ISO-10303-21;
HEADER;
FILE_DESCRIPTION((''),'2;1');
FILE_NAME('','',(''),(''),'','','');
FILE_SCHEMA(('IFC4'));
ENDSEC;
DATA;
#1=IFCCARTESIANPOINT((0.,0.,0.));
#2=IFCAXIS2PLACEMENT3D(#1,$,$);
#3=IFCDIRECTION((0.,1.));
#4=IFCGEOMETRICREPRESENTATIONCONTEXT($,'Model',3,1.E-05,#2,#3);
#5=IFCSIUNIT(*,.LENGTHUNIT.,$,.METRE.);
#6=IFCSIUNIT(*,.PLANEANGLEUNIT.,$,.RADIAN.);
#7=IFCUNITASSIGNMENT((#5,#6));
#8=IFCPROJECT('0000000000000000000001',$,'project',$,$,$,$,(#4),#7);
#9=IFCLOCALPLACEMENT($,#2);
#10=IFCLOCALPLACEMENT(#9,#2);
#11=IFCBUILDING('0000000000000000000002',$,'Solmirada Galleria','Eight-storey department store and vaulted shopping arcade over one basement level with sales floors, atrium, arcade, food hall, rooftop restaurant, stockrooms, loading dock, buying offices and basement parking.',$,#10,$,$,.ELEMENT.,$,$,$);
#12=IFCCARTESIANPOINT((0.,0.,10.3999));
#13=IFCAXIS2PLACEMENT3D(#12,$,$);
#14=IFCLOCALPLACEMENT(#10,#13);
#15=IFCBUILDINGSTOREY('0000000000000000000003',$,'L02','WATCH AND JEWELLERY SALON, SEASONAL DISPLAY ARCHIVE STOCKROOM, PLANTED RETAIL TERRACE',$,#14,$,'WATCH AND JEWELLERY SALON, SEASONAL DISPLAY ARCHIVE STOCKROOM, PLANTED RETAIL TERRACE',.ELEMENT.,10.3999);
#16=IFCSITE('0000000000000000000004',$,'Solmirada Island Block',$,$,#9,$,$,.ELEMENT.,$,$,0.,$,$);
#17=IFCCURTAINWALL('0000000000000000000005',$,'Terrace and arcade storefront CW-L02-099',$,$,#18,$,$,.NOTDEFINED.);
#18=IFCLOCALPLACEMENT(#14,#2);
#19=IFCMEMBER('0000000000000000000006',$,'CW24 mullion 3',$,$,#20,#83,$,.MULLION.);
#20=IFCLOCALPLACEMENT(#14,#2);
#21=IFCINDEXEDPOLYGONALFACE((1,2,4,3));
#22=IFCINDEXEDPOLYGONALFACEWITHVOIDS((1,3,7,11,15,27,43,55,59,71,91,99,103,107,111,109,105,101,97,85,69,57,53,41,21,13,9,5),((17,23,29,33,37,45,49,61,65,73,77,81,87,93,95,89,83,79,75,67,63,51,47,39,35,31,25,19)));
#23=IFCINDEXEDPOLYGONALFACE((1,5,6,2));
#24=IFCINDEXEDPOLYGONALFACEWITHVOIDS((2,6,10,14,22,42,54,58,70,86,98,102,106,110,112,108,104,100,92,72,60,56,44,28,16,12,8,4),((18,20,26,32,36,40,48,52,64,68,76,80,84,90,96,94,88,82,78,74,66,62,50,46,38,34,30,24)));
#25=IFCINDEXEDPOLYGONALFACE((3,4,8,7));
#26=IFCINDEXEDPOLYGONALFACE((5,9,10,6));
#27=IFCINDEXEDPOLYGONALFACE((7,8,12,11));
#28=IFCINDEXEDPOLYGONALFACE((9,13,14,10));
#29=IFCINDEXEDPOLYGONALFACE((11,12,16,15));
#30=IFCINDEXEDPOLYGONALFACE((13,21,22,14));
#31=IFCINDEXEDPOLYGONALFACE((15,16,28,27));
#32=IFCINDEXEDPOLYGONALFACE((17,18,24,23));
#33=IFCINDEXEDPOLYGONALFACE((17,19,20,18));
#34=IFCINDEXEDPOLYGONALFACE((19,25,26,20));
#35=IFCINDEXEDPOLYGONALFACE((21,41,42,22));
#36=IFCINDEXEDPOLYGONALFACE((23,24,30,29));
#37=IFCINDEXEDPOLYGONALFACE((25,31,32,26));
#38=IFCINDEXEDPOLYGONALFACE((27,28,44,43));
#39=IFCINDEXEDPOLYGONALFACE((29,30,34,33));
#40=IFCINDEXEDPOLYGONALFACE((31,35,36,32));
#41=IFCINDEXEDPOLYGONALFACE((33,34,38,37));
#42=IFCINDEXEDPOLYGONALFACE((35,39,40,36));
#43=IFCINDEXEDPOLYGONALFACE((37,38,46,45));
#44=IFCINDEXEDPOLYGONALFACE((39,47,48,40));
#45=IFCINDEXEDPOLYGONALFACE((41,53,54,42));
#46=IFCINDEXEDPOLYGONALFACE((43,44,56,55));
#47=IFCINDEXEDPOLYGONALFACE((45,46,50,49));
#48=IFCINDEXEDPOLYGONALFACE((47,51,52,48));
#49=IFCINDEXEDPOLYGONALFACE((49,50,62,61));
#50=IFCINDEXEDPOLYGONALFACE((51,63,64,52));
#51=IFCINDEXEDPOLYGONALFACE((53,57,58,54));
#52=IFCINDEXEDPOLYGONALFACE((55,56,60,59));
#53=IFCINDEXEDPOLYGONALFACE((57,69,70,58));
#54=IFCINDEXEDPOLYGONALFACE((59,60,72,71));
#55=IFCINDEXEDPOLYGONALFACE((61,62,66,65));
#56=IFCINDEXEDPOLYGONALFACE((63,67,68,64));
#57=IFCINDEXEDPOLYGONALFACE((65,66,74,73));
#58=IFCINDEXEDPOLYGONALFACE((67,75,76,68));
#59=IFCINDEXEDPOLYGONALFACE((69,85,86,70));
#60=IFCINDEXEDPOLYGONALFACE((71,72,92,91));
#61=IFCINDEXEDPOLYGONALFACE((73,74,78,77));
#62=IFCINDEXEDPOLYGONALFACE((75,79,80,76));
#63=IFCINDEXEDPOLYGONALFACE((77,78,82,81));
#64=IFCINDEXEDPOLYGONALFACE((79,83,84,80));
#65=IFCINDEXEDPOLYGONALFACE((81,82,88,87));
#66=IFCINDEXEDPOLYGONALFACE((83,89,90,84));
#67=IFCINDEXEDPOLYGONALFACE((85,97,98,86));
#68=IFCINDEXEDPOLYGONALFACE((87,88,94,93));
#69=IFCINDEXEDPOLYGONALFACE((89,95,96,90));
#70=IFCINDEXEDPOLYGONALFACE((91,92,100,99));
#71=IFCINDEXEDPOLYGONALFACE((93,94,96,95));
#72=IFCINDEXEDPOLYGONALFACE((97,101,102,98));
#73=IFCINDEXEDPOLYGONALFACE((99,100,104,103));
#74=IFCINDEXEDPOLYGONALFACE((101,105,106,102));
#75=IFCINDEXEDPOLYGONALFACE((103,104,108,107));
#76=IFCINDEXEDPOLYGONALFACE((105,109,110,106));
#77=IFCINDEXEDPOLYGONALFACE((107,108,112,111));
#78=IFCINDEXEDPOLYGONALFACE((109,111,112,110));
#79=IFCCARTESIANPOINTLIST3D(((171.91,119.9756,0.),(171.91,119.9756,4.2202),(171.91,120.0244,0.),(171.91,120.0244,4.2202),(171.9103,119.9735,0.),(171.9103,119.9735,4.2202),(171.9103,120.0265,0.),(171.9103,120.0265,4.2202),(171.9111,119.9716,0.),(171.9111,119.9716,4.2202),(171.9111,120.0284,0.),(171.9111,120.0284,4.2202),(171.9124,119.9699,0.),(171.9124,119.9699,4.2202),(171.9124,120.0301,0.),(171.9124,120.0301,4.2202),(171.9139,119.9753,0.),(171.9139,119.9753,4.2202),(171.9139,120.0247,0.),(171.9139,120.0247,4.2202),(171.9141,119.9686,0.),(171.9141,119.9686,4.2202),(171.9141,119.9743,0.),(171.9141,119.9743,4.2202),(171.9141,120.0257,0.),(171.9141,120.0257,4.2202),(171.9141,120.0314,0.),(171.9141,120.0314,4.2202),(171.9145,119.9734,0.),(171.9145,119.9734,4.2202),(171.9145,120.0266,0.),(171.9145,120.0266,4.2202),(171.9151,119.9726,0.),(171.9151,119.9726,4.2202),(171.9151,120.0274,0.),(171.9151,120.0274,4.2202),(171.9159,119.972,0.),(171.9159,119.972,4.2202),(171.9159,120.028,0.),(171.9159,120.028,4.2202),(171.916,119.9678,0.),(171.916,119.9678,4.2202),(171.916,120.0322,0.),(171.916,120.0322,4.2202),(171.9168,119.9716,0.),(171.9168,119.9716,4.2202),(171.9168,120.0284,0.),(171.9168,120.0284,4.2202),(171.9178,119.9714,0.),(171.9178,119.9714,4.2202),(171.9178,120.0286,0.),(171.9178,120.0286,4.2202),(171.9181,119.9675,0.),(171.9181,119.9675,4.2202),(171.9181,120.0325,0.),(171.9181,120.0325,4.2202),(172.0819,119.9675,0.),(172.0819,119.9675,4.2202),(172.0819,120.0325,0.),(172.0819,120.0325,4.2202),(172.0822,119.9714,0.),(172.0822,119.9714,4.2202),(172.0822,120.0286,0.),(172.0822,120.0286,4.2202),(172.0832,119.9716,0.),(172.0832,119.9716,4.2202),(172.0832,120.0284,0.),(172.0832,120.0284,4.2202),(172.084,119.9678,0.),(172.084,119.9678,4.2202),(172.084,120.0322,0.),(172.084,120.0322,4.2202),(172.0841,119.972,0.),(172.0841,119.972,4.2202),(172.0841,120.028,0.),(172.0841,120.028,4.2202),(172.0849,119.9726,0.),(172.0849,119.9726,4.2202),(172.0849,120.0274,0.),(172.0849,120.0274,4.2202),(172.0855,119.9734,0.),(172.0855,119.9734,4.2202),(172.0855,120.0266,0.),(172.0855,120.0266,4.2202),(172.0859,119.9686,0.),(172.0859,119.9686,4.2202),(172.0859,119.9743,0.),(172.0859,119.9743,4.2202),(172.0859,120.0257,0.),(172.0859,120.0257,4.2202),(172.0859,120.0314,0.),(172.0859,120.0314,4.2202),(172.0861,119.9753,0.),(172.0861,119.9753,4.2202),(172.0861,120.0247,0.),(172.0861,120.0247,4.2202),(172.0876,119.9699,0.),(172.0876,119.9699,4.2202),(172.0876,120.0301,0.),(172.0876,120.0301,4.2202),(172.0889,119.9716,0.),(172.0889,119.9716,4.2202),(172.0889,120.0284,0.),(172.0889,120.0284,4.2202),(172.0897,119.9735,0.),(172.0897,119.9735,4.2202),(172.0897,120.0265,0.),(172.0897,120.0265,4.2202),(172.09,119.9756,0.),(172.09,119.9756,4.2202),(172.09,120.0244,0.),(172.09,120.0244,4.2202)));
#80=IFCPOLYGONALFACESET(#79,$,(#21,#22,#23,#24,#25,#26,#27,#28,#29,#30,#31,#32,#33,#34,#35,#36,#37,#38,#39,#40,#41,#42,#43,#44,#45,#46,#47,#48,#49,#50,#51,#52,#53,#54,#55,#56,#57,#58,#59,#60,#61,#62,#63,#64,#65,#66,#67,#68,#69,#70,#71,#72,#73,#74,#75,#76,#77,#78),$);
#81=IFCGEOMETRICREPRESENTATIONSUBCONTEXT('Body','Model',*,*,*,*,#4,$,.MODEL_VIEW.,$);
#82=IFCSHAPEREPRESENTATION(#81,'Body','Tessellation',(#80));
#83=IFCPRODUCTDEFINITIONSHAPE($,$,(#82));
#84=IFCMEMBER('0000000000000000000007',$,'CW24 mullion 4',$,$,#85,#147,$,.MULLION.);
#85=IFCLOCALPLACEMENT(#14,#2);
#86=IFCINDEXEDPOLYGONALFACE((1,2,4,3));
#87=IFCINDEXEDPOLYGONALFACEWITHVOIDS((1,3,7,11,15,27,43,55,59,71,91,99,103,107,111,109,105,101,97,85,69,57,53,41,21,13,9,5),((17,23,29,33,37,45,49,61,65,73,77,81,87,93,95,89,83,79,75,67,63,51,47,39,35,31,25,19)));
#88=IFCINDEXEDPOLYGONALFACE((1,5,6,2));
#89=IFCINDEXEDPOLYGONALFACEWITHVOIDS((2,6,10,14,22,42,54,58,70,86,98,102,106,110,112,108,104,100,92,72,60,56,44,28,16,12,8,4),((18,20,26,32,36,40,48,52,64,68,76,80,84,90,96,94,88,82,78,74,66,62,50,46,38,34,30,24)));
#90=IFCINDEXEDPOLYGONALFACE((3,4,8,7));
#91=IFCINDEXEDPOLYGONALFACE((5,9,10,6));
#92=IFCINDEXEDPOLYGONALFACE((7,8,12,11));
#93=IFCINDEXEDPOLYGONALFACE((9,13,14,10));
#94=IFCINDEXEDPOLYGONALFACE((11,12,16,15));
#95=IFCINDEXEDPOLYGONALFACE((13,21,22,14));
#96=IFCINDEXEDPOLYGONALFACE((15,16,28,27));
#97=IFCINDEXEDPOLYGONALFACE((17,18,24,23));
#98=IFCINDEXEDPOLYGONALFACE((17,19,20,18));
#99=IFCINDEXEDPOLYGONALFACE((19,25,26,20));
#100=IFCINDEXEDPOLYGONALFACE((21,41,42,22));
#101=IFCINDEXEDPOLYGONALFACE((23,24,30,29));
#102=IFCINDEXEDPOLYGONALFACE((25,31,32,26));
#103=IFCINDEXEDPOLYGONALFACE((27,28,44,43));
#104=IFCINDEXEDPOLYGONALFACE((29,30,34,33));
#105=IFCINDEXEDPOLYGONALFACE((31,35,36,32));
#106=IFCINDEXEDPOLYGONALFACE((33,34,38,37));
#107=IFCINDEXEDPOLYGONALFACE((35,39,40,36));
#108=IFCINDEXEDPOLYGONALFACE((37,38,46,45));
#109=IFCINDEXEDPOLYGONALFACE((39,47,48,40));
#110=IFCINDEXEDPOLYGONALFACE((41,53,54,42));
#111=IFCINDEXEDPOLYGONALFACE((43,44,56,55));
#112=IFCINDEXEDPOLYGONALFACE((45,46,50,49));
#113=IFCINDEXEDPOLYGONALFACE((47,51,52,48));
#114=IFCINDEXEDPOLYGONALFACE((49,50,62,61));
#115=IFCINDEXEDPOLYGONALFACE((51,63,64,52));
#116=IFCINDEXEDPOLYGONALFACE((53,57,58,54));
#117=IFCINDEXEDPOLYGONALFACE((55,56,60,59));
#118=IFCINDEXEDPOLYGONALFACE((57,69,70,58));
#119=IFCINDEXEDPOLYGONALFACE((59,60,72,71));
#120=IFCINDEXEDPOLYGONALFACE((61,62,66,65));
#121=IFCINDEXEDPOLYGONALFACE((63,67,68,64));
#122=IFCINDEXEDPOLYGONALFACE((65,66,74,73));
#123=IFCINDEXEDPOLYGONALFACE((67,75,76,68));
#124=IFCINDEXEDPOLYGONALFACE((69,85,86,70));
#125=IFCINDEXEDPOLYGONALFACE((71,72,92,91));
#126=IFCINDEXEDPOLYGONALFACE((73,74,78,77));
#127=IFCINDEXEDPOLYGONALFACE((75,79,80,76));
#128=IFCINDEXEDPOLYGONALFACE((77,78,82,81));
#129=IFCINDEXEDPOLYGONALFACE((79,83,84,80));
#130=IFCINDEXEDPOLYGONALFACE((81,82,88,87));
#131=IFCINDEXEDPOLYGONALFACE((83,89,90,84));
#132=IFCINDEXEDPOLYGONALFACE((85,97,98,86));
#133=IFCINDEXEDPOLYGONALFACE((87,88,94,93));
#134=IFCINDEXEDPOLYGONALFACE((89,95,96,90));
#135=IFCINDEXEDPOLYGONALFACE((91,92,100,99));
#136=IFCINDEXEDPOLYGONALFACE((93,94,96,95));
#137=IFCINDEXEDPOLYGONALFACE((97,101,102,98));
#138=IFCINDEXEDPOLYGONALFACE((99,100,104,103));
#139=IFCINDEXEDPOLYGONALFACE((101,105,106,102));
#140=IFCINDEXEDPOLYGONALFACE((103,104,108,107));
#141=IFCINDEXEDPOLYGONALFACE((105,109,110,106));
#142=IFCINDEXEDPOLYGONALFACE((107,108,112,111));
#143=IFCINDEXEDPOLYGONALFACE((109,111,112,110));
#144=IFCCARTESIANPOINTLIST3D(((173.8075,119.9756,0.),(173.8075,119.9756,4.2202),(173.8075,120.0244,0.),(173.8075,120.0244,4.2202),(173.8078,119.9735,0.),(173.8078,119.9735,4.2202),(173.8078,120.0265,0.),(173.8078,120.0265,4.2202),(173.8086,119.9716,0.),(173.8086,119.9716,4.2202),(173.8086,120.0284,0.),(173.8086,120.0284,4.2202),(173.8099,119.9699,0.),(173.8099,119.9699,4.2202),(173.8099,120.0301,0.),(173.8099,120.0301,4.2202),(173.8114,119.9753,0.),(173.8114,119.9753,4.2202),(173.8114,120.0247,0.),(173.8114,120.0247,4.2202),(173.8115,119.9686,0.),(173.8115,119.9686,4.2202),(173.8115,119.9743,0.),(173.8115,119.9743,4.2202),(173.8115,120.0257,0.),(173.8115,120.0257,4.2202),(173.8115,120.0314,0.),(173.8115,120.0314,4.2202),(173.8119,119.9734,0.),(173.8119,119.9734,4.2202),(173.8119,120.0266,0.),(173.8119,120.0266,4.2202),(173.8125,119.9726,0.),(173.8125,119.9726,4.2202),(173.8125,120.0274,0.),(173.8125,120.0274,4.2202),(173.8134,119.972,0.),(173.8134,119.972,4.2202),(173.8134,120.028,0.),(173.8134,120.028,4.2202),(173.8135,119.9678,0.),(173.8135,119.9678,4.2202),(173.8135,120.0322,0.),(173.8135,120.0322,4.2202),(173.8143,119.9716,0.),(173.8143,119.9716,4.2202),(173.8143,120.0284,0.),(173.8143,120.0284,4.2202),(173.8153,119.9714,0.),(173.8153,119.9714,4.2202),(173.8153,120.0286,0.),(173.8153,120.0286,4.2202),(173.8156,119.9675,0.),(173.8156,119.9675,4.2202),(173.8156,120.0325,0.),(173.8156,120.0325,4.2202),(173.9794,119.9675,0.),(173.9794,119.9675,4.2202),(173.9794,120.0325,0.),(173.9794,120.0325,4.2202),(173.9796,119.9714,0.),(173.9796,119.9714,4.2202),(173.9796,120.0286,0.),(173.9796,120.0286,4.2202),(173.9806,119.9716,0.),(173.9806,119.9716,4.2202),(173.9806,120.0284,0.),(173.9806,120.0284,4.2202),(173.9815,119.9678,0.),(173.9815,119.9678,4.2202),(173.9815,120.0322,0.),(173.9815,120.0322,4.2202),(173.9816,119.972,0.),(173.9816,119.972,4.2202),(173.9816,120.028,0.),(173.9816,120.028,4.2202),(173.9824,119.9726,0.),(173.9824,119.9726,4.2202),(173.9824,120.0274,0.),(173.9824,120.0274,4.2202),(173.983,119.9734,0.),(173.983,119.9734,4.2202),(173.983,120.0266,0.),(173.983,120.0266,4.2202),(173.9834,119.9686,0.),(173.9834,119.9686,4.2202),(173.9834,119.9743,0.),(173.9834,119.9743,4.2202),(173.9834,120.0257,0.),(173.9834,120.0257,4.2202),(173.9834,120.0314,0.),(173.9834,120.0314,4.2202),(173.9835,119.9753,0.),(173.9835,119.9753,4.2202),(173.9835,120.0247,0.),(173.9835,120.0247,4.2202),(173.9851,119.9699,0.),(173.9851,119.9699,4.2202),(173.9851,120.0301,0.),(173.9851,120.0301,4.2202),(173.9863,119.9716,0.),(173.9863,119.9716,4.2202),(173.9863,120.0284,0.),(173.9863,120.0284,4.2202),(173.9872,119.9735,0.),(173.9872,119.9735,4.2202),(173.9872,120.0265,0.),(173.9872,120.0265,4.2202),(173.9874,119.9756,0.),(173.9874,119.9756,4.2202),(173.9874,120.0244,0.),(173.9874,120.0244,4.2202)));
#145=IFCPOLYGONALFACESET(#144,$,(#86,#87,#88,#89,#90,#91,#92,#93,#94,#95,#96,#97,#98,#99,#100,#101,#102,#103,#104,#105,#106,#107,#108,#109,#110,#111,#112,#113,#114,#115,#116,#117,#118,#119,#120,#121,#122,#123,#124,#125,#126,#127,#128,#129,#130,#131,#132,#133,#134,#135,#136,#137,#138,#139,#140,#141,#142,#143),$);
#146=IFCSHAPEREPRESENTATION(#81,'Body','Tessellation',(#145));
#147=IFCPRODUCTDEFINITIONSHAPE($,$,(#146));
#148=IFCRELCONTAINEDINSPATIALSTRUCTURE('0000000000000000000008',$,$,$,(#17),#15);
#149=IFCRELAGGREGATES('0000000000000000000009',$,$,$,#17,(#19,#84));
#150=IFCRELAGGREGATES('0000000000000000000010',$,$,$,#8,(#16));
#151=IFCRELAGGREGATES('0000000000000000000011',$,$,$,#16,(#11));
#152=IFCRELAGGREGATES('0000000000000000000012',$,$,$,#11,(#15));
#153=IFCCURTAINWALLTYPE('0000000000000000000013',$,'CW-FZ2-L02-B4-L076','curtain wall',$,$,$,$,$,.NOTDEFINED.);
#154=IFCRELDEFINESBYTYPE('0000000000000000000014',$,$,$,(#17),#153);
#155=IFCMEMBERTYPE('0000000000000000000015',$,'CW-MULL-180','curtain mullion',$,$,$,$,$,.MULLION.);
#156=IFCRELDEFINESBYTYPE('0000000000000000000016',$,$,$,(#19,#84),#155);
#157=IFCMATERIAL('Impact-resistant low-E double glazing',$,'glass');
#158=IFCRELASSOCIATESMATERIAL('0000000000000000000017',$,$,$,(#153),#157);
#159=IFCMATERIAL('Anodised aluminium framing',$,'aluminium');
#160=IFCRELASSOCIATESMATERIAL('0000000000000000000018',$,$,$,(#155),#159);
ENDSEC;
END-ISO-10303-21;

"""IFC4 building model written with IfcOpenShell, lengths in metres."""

from ifc_helpers import new_model, si_unit, direction, frame, origin, origin_2d, place, context, subcontext, project, spatial, hollow_rectangle, extrude, material, material_profile, profile_set, type_object, element, aggregate, save


model = new_model("IFC4")

# Units and contexts
model_context = context("Model", 3, precision=1e-05, world=origin(), true_north=direction((0.0, 1.0)))
body_context = subcontext(model_context, "Body", "Model", "MODEL_VIEW")
ifc_project = project(units=[si_unit("LENGTHUNIT", "METRE"), si_unit("PLANEANGLEUNIT", "RADIAN")], contexts=[model_context])

# Site, building, storey
site_placement = place(None, origin())
site = spatial("IfcSite", under=ifc_project, at=site_placement, Name="Solmirada Island Block", CompositionType="ELEMENT", RefElevation=0.0)
building_placement = place(site_placement, origin())
building = spatial("IfcBuilding", under=site, at=building_placement, Name="Solmirada Galleria", Description="Eight-storey department store and vaulted shopping arcade over one basement level with sales floors, atrium, arcade, food hall, rooftop restaurant, stockrooms, loading dock, buying offices and basement parking.", CompositionType="ELEMENT")
storey_placement = place(building_placement, frame((0.0, 0.0, 10.3999)))
storey = spatial("IfcBuildingStorey", under=building, at=storey_placement, Name="L02", Description="WATCH AND JEWELLERY SALON, SEASONAL DISPLAY ARCHIVE STOCKROOM, PLANTED RETAIL TERRACE", LongName="WATCH AND JEWELLERY SALON, SEASONAL DISPLAY ARCHIVE STOCKROOM, PLANTED RETAIL TERRACE", CompositionType="ELEMENT", Elevation=10.3999)

# Curtain wall, members
ifc_material_1 = material(Name="Impact-resistant low-E double glazing", Category="glass")
curtain_wall_type = type_object("IfcCurtainWallType", Name="CW-FZ2-L02-B4-L076", Description="curtain wall", PredefinedType="NOTDEFINED", material=ifc_material_1)
curtain_wall_1_placement = place(storey_placement, origin())
curtain_wall_1 = element("IfcCurtainWall", 1, at=curtain_wall_1_placement, inside=storey, type_object=curtain_wall_type, Name="Terrace and arcade storefront CW-L02-099", PredefinedType="NOTDEFINED")
ifc_material_2 = material(Name="Anodised aluminium framing", Category="aluminium")
ifc_material_profile_1 = material_profile(ifc_material_2, hollow_rectangle(XDim=0.0649, YDim=0.1799, WallThickness=0.0039, InnerFilletRadius=0.0039, OuterFilletRadius=0.0081, at=origin_2d()), Name="ALU-MULL-180X65")
ifc_profile_set_1 = profile_set([ifc_material_profile_1], Name="Anodised aluminium framing")
member_type_1 = type_object("IfcMemberType", Name="CW-MULL-180", Description="curtain mullion", PredefinedType="MULLION", material=ifc_profile_set_1)
member_1_placement = place(storey_placement, frame((172.0, 120.0, 0.0), z_axis=(0.0, 0.0, 1.0), x_axis=(0.0, 1.0, 0.0)))
member_1 = element("IfcMember", 2, at=member_1_placement, type_object=member_type_1, Name="CW24 mullion 3", PredefinedType="MULLION", context=body_context, shape_type="SweptSolid", body=[
    extrude(hollow_rectangle(XDim=0.0649, YDim=0.1799, WallThickness=0.0039, InnerFilletRadius=0.0039, OuterFilletRadius=0.0081, at=origin_2d()), origin(), (0.0, 0.0, 1.0), 4.2202),
])
member_2_placement = place(storey_placement, frame((173.8975, 120.0, 0.0), z_axis=(0.0, 0.0, 1.0), x_axis=(0.0, 1.0, 0.0)))
member_2 = element("IfcMember", 3, at=member_2_placement, type_object=member_type_1, Name="CW24 mullion 4", PredefinedType="MULLION", context=body_context, shape_type="SweptSolid", body=[
    extrude(hollow_rectangle(XDim=0.0649, YDim=0.1799, WallThickness=0.0039, InnerFilletRadius=0.0039, OuterFilletRadius=0.0081, at=origin_2d()), origin(), (0.0, 0.0, 1.0), 4.2202),
])

aggregate(curtain_wall_1, [member_1, member_2])

save(model, "model.ifc")
